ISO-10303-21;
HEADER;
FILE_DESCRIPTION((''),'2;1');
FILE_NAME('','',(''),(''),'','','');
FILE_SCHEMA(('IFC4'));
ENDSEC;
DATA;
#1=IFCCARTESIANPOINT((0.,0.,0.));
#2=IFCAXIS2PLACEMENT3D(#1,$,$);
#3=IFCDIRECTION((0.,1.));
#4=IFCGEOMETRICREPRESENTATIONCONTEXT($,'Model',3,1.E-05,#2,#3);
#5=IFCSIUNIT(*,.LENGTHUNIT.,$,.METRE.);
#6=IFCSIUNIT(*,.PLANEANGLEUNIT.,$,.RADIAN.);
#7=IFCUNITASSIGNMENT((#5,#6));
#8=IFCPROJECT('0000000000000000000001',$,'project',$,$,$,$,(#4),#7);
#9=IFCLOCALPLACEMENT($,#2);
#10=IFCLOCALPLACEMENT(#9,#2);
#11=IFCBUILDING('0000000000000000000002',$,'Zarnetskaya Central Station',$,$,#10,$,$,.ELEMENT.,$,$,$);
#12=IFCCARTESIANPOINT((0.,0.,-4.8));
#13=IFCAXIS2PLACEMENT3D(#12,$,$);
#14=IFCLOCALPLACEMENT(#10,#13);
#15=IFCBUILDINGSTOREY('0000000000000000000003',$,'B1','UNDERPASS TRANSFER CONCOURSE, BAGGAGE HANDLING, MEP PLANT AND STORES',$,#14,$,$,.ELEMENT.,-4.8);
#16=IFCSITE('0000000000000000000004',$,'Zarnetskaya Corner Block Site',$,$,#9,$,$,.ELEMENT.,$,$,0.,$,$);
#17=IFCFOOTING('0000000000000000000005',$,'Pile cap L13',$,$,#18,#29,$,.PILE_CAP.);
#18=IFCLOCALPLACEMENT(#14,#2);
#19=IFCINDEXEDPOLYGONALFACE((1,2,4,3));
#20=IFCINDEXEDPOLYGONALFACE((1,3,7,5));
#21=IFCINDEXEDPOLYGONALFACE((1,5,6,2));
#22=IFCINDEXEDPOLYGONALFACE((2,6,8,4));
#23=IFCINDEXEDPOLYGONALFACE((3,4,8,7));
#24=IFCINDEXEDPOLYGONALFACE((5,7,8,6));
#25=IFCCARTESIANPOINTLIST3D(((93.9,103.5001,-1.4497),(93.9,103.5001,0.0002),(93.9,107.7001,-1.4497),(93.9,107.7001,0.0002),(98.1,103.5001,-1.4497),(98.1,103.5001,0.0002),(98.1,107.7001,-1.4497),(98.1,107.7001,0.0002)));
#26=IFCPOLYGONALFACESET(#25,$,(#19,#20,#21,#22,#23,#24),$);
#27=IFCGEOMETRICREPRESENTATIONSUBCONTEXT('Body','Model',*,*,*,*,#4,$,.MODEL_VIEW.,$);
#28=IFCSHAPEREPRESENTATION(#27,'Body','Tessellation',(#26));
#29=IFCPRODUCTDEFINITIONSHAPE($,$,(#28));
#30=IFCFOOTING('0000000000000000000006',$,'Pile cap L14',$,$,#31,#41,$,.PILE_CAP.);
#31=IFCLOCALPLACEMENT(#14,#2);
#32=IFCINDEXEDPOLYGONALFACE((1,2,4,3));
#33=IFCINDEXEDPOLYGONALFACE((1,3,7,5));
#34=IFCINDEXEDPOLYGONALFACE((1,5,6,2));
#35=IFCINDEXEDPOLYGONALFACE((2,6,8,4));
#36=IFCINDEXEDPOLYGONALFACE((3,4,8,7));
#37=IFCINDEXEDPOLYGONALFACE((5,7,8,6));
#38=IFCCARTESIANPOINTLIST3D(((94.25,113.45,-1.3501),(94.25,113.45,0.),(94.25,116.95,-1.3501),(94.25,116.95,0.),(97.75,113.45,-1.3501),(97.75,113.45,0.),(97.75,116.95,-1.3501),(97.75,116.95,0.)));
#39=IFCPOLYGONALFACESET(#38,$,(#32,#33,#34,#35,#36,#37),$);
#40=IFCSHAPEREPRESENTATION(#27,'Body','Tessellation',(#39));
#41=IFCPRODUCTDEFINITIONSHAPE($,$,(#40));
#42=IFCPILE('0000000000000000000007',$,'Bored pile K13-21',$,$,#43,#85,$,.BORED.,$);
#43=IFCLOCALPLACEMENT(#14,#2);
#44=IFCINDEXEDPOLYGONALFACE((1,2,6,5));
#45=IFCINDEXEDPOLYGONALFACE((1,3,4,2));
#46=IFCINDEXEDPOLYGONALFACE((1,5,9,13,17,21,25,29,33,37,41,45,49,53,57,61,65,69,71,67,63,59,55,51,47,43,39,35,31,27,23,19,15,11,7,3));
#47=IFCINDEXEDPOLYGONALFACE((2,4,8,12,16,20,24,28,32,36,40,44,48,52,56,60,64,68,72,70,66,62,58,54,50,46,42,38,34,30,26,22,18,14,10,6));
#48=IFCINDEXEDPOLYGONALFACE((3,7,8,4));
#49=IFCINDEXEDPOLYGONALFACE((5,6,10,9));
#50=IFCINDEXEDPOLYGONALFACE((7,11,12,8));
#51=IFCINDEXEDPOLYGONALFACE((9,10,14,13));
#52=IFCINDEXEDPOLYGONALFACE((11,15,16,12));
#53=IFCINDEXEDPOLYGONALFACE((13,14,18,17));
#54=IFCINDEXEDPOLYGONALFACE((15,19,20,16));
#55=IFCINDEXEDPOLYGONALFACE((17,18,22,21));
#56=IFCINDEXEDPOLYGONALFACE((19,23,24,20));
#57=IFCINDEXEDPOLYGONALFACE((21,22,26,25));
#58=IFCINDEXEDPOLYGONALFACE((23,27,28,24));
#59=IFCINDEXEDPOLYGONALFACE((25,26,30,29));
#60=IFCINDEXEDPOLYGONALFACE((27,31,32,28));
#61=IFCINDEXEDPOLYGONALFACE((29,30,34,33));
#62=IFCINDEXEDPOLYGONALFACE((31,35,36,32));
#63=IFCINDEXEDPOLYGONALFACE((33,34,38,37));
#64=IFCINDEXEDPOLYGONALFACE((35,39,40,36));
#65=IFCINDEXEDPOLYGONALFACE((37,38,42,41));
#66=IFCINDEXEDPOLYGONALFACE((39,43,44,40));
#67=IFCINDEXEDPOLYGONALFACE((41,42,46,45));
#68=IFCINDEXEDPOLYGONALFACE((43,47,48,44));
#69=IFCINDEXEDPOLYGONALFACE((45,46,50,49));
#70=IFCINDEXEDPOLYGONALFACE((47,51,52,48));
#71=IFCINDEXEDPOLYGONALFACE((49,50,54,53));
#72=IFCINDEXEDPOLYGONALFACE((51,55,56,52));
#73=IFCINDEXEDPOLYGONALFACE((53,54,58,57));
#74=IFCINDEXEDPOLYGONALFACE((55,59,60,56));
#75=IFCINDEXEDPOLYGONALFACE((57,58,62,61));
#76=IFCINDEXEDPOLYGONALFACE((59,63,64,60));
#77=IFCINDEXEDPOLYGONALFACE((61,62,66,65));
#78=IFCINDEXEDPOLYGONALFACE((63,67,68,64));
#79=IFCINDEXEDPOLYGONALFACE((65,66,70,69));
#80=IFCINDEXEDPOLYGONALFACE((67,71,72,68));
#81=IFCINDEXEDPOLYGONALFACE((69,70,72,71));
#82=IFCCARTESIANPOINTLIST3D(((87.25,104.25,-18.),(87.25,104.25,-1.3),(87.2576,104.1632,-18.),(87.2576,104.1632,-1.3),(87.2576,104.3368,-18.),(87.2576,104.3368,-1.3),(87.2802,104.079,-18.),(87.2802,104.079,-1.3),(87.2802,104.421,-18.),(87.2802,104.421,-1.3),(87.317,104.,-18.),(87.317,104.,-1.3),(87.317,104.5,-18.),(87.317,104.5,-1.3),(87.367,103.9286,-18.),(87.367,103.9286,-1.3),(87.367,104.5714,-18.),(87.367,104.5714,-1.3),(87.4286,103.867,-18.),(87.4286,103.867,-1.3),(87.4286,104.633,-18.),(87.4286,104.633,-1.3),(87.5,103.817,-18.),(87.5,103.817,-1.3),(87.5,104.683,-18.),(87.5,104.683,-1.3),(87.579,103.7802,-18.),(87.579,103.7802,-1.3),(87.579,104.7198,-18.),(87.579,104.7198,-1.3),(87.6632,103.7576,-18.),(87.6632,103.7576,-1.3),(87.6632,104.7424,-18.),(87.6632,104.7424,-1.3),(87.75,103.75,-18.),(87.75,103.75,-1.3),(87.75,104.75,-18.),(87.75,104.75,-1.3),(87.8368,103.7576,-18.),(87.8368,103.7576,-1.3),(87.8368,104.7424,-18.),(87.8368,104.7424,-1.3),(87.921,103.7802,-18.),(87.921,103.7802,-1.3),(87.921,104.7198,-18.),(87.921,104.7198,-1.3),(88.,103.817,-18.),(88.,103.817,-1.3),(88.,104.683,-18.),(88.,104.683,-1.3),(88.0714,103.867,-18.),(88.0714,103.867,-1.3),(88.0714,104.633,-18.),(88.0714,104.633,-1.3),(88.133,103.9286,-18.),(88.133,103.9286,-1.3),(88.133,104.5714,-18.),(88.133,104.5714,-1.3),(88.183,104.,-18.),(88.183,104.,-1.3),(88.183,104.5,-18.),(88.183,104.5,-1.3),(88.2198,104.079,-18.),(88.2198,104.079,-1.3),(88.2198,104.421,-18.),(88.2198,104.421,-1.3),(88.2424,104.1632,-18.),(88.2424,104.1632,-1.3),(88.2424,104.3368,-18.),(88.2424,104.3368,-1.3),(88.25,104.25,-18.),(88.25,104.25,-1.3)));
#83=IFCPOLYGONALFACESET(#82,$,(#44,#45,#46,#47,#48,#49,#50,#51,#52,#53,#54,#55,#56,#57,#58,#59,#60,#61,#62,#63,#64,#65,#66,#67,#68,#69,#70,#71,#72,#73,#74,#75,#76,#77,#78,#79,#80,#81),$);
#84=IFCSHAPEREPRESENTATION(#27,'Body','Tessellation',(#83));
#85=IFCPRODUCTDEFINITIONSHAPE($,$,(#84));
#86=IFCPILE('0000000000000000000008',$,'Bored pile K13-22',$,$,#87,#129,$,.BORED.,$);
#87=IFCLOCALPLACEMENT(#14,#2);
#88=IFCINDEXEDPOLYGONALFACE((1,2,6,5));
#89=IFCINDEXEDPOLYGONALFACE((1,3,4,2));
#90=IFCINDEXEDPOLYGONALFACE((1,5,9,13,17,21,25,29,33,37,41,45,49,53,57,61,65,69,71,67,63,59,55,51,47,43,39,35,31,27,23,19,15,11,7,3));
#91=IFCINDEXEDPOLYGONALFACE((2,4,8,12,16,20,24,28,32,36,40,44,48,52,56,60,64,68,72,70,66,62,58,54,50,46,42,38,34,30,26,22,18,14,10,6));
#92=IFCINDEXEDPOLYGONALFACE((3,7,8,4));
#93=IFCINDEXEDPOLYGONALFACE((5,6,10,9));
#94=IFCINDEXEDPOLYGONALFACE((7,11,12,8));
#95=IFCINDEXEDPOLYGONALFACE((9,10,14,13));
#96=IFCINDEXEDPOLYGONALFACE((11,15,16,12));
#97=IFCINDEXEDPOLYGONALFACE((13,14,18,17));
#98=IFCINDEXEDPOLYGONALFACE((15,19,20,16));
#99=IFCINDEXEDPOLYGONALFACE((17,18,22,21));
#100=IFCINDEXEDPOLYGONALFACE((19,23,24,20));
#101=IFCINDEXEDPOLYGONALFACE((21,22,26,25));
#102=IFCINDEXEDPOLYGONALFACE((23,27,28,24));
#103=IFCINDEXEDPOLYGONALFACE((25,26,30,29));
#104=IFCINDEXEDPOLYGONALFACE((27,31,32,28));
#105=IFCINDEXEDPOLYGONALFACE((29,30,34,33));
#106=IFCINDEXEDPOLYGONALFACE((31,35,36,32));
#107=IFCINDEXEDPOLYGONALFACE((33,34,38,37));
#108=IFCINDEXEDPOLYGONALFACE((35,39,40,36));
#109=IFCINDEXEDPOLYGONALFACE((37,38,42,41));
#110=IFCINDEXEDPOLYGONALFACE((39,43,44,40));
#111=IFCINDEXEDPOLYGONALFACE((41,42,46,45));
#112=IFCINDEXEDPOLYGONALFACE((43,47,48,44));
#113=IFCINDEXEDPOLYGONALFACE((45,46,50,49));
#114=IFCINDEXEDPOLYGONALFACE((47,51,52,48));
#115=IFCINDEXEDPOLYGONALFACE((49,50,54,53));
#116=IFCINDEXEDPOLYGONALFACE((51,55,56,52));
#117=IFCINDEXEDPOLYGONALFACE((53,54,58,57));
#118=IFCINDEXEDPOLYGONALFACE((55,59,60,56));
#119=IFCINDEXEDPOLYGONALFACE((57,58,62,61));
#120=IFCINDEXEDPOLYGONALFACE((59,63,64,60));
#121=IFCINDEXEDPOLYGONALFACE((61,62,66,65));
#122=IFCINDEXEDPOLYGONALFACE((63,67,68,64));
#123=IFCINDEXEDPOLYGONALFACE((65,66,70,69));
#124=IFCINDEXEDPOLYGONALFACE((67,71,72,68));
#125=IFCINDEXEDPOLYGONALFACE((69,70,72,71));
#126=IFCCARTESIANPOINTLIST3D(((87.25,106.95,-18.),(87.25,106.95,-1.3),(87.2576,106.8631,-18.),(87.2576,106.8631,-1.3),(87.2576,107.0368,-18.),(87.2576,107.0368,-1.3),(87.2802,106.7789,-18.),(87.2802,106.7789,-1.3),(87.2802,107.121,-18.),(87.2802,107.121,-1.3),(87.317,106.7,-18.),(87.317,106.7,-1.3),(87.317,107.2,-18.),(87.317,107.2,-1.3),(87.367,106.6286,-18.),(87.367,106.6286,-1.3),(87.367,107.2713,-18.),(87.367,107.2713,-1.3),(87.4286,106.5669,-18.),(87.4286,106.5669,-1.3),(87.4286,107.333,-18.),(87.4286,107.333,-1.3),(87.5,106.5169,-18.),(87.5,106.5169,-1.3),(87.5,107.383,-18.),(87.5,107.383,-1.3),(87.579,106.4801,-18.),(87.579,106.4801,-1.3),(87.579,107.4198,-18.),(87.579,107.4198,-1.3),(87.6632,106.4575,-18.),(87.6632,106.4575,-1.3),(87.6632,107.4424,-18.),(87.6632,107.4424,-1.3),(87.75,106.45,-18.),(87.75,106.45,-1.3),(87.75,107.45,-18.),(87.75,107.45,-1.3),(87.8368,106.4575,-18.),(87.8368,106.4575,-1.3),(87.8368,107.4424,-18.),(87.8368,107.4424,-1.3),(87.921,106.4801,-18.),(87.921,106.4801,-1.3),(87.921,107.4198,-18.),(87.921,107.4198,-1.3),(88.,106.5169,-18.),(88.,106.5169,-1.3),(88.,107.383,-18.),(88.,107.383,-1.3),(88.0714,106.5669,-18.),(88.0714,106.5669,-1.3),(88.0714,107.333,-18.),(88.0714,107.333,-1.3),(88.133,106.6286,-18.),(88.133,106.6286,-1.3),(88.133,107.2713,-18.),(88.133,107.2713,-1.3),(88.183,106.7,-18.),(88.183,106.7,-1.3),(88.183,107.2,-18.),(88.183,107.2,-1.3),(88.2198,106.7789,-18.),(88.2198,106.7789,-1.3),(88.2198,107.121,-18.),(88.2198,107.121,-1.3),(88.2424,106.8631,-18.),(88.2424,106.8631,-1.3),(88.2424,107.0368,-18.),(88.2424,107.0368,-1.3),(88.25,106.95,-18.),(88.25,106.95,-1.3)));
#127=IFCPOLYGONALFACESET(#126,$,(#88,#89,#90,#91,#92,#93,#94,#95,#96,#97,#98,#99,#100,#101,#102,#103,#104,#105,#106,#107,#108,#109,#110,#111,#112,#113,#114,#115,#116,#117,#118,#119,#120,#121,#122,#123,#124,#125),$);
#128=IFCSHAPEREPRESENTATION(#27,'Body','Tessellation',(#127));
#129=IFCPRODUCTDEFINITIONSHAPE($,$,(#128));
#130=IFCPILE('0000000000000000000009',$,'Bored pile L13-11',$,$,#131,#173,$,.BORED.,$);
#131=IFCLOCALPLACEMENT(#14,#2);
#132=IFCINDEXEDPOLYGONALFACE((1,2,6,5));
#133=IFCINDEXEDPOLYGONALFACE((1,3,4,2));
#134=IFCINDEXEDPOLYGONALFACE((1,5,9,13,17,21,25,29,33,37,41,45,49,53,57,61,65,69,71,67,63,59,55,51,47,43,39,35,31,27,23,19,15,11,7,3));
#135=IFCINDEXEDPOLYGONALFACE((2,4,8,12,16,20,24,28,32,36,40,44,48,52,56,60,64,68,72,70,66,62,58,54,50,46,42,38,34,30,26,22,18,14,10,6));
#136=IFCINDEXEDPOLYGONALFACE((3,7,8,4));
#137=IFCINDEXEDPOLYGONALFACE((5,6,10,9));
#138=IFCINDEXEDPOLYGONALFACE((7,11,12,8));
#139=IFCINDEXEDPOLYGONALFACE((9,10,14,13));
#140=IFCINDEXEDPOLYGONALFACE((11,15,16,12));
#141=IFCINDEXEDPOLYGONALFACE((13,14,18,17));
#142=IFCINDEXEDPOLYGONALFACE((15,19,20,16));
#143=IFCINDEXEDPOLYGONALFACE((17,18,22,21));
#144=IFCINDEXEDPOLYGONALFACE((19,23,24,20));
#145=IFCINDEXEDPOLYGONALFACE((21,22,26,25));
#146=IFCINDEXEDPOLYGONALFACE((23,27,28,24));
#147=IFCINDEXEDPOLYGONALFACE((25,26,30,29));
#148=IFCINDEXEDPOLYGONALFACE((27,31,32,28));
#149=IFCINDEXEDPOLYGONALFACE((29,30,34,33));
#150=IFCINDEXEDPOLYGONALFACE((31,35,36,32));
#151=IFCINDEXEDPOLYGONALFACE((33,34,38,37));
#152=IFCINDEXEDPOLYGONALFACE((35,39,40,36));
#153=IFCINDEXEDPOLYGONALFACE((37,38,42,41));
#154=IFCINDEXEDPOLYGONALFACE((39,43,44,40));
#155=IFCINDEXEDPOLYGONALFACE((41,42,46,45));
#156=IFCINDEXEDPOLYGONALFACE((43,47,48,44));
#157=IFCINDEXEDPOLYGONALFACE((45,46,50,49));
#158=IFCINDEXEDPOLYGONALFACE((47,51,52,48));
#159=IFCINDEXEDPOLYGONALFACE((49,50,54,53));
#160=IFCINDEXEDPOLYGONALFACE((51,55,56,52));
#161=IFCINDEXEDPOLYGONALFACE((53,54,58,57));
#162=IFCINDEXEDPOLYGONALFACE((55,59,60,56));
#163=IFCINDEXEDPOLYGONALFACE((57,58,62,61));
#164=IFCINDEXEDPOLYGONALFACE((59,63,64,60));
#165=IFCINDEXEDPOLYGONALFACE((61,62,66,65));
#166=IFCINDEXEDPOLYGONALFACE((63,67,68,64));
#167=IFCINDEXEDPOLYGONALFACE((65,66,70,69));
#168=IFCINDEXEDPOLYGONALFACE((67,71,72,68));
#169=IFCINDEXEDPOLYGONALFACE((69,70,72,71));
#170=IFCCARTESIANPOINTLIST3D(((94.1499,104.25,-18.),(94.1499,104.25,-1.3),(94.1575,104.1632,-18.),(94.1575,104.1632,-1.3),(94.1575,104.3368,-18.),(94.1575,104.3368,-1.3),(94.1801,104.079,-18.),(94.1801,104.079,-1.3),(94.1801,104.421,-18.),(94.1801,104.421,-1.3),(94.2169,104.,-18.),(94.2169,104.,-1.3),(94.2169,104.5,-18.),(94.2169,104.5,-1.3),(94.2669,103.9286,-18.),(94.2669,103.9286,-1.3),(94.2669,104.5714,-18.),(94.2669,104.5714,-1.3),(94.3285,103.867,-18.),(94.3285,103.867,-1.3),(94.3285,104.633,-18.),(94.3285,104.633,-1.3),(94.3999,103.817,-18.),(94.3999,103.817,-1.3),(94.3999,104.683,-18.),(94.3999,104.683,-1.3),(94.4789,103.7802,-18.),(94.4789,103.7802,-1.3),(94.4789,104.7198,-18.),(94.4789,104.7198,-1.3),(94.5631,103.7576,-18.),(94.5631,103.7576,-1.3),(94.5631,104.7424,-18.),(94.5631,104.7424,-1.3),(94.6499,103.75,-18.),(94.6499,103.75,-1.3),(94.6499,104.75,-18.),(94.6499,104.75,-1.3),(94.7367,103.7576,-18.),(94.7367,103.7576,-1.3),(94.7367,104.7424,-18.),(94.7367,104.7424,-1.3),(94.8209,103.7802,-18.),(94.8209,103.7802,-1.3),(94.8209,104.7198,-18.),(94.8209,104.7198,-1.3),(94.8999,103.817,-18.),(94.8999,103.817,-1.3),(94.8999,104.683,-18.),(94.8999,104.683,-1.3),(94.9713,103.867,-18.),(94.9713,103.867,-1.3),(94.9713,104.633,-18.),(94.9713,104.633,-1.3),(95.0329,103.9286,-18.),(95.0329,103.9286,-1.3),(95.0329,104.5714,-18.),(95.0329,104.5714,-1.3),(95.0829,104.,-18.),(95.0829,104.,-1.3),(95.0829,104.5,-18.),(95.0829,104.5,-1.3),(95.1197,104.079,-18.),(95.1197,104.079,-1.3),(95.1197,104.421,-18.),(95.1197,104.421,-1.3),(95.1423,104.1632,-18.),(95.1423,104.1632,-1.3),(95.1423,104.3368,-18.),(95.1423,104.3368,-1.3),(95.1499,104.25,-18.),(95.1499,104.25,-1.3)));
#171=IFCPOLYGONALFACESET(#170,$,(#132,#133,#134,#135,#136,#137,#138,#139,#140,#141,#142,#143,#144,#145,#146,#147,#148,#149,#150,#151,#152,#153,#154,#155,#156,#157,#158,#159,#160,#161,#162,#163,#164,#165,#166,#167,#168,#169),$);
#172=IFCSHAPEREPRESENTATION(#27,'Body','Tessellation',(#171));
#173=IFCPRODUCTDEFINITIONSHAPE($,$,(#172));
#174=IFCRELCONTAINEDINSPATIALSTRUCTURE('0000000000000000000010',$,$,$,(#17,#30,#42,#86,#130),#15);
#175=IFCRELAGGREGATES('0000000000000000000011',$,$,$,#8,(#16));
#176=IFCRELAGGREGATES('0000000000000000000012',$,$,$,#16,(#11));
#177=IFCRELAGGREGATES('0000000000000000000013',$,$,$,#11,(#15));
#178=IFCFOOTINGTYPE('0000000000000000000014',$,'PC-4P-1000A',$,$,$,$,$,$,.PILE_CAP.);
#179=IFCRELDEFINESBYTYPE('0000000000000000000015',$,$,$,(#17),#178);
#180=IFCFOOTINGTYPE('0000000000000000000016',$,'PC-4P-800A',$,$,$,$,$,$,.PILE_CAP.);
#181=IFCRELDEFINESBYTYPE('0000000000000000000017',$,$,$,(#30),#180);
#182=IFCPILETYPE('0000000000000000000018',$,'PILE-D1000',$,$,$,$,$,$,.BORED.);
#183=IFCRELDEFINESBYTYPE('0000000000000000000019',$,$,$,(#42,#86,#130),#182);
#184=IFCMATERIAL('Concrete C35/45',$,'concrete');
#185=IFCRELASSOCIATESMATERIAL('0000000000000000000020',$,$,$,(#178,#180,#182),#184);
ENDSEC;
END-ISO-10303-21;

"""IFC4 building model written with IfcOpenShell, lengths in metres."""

from ifc_helpers import new_model, si_unit, direction, frame, origin, origin_2d, place, context, subcontext, project, spatial, rectangle, circle, extrude, material, material_profile, profile_set, type_object, element, save


model = new_model("IFC4")

# Units and contexts
model_context = context("Model", 3, precision=1e-05, world=origin(), true_north=direction((0.0, 1.0)))
body_context = subcontext(model_context, "Body", "Model", "MODEL_VIEW")
ifc_project = project(units=[si_unit("LENGTHUNIT", "METRE"), si_unit("PLANEANGLEUNIT", "RADIAN")], contexts=[model_context])

# Site, building, storey
site_placement = place(None, origin())
site = spatial("IfcSite", under=ifc_project, at=site_placement, Name="Zarnetskaya Corner Block Site", CompositionType="ELEMENT", RefElevation=0.0)
building_placement = place(site_placement, origin())
building = spatial("IfcBuilding", under=site, at=building_placement, Name="Zarnetskaya Central Station", CompositionType="ELEMENT")
storey_placement = place(building_placement, frame((0.0, 0.0, -4.8)))
storey = spatial("IfcBuildingStorey", under=building, at=storey_placement, Name="B1", Description="UNDERPASS TRANSFER CONCOURSE, BAGGAGE HANDLING, MEP PLANT AND STORES", CompositionType="ELEMENT", Elevation=-4.8)

# Footings
ifc_material_1 = material(Name="Concrete C35/45", Category="concrete")
footing_type_1 = type_object("IfcFootingType", Name="PC-4P-1000A", PredefinedType="PILE_CAP", material=ifc_material_1)
footing_1_placement = place(storey_placement, frame((96.0, 105.6001, -1.4497), z_axis=(0.0, 0.0, 1.0), x_axis=(1.0, 0.0, 0.0)))
element("IfcFooting", 1, at=footing_1_placement, inside=storey, type_object=footing_type_1, Name="Pile cap L13", PredefinedType="PILE_CAP", context=body_context, shape_type="SweptSolid", body=[
    extrude(rectangle(XDim=4.2, YDim=4.2, at=origin_2d()), origin(), (0.0, 0.0, 1.0), 1.45),
])
footing_type_2 = type_object("IfcFootingType", Name="PC-4P-800A", PredefinedType="PILE_CAP", material=ifc_material_1)
footing_2_placement = place(storey_placement, frame((96.0, 115.2, -1.3501), z_axis=(0.0, 0.0, 1.0), x_axis=(1.0, 0.0, 0.0)))
element("IfcFooting", 2, at=footing_2_placement, inside=storey, type_object=footing_type_2, Name="Pile cap L14", PredefinedType="PILE_CAP", context=body_context, shape_type="SweptSolid", body=[
    extrude(rectangle(XDim=3.5, YDim=3.5, at=origin_2d()), origin(), (0.0, 0.0, 1.0), 1.3501),
])

# Piles
ifc_material_profile_1 = material_profile(ifc_material_1, circle(Radius=0.5, at=origin_2d()), Name="BORED PILE D1000")
ifc_profile_set_1 = profile_set([ifc_material_profile_1], Name="Concrete C35/45")
pile_type_1 = type_object("IfcPileType", Name="PILE-D1000", PredefinedType="BORED", material=ifc_profile_set_1)
for number, where, z_axis, x_axis, name in (
    (3, (87.75, 104.25, -1.3), (0.0, 0.0, -1.0), (1.0, 0.0, 0.0), "Bored pile K13-21"),
    (4, (87.75, 106.95, -1.3), (0.0, 0.0, -1.0), (1.0, 0.0, 0.0), "Bored pile K13-22"),
    (5, (94.6499, 104.25, -1.3), (0.0, 0.0, -1.0), (1.0, 0.0, 0.0), "Bored pile L13-11"),
):
    element("IfcPile", number, at=place(storey_placement, frame(where, z_axis=z_axis, x_axis=x_axis)), inside=storey, type_object=pile_type_1, Name=name, PredefinedType="BORED", context=body_context, shape_type="SweptSolid", body=[
        extrude(circle(Radius=0.5, at=origin_2d()), origin(), (0.0, 0.0, 1.0), 16.7),
    ])

save(model, "model.ifc")
